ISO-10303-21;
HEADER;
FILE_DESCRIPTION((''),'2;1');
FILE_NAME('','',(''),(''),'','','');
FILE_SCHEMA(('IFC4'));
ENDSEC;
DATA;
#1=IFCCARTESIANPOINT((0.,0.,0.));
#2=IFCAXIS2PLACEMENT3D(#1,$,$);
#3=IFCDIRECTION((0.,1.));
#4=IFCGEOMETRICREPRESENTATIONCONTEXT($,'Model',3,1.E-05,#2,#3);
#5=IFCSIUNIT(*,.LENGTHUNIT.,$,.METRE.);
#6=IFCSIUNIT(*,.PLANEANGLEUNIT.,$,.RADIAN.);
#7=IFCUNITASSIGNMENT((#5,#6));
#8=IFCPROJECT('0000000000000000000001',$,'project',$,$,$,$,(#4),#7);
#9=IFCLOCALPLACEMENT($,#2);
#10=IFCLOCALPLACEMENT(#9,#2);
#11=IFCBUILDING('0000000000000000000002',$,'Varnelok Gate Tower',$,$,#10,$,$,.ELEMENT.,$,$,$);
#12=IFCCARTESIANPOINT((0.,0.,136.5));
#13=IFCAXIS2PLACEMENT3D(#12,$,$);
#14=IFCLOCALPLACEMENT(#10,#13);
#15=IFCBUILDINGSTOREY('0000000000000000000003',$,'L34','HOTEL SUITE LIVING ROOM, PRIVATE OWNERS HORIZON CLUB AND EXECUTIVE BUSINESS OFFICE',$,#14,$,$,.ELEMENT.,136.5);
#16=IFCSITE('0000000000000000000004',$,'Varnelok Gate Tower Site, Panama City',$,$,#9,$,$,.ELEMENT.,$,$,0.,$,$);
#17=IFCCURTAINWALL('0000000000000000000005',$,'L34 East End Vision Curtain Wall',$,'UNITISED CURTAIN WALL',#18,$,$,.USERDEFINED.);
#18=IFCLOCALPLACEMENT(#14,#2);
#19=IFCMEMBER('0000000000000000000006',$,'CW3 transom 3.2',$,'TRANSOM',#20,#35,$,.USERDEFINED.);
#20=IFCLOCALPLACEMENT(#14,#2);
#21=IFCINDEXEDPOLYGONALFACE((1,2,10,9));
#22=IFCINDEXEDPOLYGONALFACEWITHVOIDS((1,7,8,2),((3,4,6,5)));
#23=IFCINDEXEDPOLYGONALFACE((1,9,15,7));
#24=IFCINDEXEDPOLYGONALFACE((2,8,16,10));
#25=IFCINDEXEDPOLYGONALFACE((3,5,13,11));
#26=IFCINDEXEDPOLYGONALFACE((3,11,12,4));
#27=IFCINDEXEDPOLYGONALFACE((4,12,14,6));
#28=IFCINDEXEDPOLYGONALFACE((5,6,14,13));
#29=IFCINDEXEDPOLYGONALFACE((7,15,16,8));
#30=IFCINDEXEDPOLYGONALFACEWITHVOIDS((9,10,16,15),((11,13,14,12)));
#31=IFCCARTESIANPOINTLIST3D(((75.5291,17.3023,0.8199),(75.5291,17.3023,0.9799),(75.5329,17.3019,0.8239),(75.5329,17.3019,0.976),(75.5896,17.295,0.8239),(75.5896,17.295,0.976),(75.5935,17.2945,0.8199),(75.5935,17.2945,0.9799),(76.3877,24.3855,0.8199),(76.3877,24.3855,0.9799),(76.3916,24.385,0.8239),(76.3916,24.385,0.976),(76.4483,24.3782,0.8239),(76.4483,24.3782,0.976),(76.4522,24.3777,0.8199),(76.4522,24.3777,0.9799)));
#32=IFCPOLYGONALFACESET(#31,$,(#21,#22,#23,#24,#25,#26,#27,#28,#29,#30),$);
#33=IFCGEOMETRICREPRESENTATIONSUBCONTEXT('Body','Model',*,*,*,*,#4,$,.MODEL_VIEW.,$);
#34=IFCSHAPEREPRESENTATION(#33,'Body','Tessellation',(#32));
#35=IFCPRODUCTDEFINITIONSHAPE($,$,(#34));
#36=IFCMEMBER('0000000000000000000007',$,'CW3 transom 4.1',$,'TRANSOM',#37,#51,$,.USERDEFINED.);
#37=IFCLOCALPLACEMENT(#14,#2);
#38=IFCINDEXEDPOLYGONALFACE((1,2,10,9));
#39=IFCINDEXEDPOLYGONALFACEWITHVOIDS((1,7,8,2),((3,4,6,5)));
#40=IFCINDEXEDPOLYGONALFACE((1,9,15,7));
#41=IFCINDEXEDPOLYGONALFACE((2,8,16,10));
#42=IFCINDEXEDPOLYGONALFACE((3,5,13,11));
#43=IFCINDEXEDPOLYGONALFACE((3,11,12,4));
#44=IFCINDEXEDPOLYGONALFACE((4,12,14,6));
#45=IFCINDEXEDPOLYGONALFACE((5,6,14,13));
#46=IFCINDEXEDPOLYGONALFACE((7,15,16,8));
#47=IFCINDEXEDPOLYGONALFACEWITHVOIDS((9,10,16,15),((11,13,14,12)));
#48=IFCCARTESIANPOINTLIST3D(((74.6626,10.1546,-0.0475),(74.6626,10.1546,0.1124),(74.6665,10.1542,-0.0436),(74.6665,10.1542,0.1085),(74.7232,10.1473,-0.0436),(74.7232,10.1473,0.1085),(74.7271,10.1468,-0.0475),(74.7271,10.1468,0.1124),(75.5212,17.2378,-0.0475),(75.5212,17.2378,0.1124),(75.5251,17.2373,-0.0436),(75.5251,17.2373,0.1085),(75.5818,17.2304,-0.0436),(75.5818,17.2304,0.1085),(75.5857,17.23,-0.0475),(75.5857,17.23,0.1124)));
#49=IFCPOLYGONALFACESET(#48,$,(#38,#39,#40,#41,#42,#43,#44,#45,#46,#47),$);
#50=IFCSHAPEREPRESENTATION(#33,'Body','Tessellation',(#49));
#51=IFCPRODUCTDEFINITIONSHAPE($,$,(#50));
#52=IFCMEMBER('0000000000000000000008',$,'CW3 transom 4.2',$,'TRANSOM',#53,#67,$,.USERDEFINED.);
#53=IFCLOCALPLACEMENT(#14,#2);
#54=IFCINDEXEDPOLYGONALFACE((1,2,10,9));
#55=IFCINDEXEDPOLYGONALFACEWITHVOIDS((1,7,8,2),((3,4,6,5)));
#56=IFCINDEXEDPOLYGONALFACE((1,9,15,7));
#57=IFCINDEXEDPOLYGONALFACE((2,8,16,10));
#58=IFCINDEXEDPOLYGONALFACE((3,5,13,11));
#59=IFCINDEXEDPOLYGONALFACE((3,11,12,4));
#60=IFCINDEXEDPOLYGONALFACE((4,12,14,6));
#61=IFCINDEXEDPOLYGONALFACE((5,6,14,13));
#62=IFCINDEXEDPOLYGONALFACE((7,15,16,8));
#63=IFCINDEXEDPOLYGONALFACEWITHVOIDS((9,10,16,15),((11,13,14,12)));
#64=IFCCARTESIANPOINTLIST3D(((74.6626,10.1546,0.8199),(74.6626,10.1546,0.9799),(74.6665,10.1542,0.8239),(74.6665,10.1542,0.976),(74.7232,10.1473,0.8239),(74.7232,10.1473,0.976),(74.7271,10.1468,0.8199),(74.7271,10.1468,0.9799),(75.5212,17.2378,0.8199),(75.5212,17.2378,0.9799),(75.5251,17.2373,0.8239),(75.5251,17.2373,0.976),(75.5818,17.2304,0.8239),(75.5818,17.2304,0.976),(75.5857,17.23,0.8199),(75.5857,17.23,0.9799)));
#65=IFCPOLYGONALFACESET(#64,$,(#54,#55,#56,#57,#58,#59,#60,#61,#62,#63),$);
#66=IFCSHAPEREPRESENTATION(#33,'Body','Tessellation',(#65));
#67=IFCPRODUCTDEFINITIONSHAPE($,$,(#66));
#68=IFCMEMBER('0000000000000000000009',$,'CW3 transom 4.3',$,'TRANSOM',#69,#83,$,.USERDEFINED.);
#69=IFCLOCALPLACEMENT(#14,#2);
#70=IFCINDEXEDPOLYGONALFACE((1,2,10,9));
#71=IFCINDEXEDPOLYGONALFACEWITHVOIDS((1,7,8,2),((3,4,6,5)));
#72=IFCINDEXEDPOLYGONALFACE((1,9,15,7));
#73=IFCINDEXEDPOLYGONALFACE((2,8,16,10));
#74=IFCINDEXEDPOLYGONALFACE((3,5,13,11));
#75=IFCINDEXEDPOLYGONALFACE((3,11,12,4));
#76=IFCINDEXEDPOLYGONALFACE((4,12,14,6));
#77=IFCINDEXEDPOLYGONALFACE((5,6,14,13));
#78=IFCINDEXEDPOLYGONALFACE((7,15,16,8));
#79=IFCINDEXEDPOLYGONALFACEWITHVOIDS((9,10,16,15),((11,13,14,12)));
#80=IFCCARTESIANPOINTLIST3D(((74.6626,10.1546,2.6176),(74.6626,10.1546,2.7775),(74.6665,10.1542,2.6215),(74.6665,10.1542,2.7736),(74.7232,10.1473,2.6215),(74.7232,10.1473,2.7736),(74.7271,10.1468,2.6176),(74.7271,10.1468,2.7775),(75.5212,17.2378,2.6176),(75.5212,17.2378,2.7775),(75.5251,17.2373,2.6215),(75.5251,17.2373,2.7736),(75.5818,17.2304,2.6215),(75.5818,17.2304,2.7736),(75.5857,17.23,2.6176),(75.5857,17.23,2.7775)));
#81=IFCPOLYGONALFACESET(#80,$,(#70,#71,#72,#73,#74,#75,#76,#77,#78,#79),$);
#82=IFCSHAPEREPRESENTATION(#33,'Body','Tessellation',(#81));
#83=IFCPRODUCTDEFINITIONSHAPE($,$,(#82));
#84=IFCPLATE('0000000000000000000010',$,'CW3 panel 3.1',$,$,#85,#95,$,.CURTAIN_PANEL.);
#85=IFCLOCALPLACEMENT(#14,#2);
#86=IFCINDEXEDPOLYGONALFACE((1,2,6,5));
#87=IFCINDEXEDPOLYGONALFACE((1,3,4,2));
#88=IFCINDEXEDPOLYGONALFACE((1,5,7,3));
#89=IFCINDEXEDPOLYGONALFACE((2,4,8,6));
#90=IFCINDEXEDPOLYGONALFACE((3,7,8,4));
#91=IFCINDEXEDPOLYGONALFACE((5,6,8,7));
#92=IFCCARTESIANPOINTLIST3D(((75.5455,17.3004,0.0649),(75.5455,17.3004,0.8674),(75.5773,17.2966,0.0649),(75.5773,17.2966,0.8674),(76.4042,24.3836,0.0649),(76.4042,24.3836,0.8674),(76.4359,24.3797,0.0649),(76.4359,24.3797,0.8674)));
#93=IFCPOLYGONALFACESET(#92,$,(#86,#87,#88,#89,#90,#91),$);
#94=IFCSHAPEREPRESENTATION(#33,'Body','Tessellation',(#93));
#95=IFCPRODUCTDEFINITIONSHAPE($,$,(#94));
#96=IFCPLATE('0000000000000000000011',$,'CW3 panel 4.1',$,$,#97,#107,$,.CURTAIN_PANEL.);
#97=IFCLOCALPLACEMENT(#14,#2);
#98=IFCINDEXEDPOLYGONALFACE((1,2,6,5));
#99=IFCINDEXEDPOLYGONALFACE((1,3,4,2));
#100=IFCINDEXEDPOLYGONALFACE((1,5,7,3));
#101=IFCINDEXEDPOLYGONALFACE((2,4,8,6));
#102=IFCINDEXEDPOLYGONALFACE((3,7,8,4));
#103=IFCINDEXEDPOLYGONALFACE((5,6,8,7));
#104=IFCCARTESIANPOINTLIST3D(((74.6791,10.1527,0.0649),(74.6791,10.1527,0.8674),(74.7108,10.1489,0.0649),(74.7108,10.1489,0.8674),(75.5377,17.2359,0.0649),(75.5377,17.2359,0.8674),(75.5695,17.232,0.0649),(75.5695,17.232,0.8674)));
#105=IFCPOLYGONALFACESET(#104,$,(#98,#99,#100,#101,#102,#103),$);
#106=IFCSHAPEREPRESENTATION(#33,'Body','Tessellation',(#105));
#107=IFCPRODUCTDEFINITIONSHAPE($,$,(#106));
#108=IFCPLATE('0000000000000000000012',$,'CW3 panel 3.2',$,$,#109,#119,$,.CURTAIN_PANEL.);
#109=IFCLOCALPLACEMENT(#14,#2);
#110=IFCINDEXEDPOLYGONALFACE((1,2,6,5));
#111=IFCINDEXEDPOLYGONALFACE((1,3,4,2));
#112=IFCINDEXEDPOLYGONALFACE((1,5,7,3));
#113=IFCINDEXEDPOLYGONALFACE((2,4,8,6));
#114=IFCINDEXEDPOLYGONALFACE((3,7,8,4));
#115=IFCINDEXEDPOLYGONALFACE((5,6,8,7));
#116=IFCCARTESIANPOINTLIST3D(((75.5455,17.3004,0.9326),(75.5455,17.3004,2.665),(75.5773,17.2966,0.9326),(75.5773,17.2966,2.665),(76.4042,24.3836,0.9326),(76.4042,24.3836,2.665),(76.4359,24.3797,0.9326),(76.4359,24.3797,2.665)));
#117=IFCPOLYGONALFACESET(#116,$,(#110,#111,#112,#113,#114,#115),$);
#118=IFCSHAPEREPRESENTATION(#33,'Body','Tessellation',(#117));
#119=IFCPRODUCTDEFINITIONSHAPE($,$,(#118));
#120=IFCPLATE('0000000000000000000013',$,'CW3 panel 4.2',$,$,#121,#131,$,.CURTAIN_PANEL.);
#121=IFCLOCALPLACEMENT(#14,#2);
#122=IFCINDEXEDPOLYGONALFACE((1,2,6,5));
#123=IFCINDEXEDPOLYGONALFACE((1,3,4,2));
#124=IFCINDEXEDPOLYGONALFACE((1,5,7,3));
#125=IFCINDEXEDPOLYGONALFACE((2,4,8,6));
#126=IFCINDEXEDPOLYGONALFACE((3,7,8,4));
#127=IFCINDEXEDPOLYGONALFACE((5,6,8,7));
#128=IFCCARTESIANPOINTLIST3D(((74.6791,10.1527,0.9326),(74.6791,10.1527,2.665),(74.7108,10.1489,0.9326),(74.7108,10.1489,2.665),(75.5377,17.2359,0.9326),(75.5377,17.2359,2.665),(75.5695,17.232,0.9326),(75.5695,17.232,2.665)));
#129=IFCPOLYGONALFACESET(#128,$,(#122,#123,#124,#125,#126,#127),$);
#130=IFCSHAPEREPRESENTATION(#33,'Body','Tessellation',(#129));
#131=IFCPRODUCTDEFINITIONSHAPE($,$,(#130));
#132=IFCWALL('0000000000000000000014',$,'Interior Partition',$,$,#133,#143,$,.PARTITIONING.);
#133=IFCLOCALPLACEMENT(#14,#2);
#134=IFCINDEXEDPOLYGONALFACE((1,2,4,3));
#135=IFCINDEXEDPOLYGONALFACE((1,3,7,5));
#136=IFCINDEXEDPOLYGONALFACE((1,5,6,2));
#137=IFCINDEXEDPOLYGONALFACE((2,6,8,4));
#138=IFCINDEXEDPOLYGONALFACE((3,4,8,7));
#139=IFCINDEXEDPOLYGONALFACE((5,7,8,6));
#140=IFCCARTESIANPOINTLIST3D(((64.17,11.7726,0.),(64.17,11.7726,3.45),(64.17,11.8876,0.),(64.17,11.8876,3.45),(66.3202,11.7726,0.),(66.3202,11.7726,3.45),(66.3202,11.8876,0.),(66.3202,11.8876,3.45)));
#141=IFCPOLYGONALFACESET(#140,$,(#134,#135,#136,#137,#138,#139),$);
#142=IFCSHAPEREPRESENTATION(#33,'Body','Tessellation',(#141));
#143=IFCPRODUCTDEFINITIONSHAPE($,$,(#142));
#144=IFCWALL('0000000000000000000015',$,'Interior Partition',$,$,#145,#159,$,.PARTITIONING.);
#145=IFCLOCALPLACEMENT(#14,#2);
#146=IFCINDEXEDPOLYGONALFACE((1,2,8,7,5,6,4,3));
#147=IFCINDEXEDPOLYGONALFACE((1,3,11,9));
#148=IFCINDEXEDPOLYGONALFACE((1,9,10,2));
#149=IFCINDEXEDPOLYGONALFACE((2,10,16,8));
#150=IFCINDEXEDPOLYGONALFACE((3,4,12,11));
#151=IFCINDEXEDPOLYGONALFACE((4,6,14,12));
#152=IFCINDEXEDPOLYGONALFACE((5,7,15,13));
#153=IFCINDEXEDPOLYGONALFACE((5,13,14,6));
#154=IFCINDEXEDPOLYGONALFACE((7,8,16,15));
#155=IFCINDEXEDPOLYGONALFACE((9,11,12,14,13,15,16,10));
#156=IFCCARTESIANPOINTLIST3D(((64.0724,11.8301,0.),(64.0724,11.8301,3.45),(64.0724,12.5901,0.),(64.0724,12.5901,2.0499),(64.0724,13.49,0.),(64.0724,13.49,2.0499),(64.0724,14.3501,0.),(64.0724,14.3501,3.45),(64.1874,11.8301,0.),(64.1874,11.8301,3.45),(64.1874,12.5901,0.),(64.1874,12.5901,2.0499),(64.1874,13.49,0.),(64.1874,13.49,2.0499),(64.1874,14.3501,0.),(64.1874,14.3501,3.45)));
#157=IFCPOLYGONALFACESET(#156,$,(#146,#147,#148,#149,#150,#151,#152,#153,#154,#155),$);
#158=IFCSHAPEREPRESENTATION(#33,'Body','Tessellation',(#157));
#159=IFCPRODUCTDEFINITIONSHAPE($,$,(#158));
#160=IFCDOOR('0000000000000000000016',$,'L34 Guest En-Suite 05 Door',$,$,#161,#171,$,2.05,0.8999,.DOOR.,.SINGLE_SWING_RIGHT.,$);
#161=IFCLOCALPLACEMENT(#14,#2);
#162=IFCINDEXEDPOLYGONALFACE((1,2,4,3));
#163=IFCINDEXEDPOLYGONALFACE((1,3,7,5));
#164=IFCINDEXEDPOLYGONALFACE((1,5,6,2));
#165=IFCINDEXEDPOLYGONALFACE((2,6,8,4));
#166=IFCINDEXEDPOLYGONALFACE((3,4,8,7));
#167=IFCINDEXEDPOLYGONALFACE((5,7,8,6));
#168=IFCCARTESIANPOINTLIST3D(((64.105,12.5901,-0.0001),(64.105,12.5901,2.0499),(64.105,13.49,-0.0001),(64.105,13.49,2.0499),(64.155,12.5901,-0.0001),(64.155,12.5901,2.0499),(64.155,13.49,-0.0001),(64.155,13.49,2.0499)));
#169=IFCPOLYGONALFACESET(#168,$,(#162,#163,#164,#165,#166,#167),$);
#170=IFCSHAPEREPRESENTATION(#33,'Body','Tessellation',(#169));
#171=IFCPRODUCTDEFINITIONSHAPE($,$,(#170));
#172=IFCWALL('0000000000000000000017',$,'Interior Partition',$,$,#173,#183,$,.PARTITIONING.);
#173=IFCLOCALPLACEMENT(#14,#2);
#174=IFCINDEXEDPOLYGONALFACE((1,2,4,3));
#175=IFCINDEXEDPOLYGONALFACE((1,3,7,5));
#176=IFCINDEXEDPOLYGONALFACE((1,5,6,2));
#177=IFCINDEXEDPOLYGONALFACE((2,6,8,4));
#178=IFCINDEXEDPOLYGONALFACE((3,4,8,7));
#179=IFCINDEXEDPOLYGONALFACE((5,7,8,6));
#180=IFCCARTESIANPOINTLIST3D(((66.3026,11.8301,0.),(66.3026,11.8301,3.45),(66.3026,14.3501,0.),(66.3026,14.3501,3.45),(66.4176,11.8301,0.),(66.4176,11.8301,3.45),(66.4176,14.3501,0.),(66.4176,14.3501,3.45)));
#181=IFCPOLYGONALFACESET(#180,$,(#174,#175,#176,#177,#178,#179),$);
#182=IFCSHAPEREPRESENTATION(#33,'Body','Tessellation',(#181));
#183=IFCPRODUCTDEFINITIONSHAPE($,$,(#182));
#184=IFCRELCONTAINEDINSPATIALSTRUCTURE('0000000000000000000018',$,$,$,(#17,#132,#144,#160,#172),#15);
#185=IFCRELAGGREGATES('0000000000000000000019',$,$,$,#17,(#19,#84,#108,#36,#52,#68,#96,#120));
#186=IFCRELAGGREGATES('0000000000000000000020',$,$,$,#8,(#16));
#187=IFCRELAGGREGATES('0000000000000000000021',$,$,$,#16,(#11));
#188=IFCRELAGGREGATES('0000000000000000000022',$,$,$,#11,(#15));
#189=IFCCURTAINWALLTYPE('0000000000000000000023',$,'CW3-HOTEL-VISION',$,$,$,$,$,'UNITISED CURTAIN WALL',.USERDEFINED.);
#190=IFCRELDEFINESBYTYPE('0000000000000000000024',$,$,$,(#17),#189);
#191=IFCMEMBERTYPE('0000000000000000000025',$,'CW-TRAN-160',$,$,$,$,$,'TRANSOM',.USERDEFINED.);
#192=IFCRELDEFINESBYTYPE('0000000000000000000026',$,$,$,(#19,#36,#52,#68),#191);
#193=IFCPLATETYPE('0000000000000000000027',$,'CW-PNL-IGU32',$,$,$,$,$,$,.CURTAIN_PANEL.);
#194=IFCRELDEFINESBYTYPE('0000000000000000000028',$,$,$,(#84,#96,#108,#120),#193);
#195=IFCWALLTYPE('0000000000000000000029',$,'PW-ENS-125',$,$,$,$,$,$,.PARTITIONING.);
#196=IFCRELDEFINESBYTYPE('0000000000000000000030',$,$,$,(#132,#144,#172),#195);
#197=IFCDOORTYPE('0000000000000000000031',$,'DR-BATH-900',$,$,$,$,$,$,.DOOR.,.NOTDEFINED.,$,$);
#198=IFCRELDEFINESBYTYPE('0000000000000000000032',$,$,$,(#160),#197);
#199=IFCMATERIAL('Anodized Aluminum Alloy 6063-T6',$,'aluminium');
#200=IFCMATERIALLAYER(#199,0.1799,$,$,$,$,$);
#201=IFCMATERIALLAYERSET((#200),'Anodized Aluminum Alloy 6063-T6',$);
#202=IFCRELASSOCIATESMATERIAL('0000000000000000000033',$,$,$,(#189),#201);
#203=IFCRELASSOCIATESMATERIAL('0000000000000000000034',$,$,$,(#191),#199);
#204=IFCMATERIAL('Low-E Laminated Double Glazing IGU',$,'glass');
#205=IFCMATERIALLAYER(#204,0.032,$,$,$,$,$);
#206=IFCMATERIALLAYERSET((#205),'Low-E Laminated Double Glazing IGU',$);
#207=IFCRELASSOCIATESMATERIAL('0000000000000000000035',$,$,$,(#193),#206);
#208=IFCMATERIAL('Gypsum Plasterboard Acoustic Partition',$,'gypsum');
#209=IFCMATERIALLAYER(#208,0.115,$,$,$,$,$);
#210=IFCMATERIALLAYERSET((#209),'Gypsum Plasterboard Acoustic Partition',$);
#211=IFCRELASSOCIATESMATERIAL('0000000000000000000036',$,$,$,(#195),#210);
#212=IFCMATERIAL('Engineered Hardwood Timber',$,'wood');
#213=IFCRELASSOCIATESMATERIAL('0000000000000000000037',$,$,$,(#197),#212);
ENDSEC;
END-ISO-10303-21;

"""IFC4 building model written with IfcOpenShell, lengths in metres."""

from ifc_helpers import new_model, si_unit, direction, frame, frame_2d, origin, origin_2d, place, context, subcontext, project, spatial, rectangle, hollow_rectangle, extrude, source, transform, mapped, material, layer, layer_set, material_profile, profile_set, type_object, element, fill, aggregate, save


model = new_model("IFC4")

# Units and contexts
model_context = context("Model", 3, precision=1e-05, world=origin(), true_north=direction((0.0, 1.0)))
body_context = subcontext(model_context, "Body", "Model", "MODEL_VIEW")
ifc_project = project(units=[si_unit("LENGTHUNIT", "METRE"), si_unit("PLANEANGLEUNIT", "RADIAN")], contexts=[model_context])

# Site, building, storey
site_placement = place(None, origin())
site = spatial("IfcSite", under=ifc_project, at=site_placement, Name="Varnelok Gate Tower Site, Panama City", CompositionType="ELEMENT", RefElevation=0.0)
building_placement = place(site_placement, origin())
building = spatial("IfcBuilding", under=site, at=building_placement, Name="Varnelok Gate Tower", CompositionType="ELEMENT")
storey_placement = place(building_placement, frame((0.0, 0.0, 136.5)))
storey = spatial("IfcBuildingStorey", under=building, at=storey_placement, Name="L34", Description="HOTEL SUITE LIVING ROOM, PRIVATE OWNERS HORIZON CLUB AND EXECUTIVE BUSINESS OFFICE", CompositionType="ELEMENT", Elevation=136.5)

# Curtain wall, members, plates
ifc_material_1 = material(Name="Anodized Aluminum Alloy 6063-T6", Category="aluminium")
ifc_layer_1 = layer(ifc_material_1, 0.1799)
ifc_layer_set_1 = layer_set([ifc_layer_1], Name="Anodized Aluminum Alloy 6063-T6")
curtain_wall_type = type_object("IfcCurtainWallType", Name="CW3-HOTEL-VISION", ElementType="UNITISED CURTAIN WALL", PredefinedType="USERDEFINED", material=ifc_layer_set_1)
curtain_wall_placement = place(storey_placement, origin())
curtain_wall = element("IfcCurtainWall", 1, at=curtain_wall_placement, inside=storey, type_object=curtain_wall_type, Name="L34 East End Vision Curtain Wall", ObjectType="UNITISED CURTAIN WALL", PredefinedType="USERDEFINED")
ifc_material_profile_1 = material_profile(ifc_material_1, hollow_rectangle(XDim=0.0649, YDim=0.1599, WallThickness=0.0039, at=origin_2d()), Name="ALU160X65X4")
ifc_profile_set_1 = profile_set([ifc_material_profile_1], Name="Anodized Aluminum Alloy 6063-T6")
member_type_1 = type_object("IfcMemberType", Name="CW-TRAN-160", ElementType="TRANSOM", PredefinedType="USERDEFINED", material=ifc_profile_set_1)
member_1_placement = place(storey_placement, frame((76.4199, 24.3816, 0.8999), z_axis=(-0.120341, -0.992733, 0.0), x_axis=(0.992733, -0.120341, 0.0)))
member_1 = element("IfcMember", 2, at=member_1_placement, type_object=member_type_1, Name="CW3 transom 3.2", ObjectType="TRANSOM", PredefinedType="USERDEFINED", context=body_context, shape_type="SweptSolid", body=[
    extrude(hollow_rectangle(XDim=0.0649, YDim=0.1599, WallThickness=0.0039, at=origin_2d()), origin(), (0.0, 0.0, 1.0), 7.135),
])
member_2_placement = place(storey_placement, frame((75.5535, 17.2339, 0.0325), z_axis=(-0.120341, -0.992733, 0.0), x_axis=(0.992733, -0.120341, 0.0)))
member_2 = element("IfcMember", 3, at=member_2_placement, type_object=member_type_1, Name="CW3 transom 4.1", ObjectType="TRANSOM", PredefinedType="USERDEFINED", context=body_context, shape_type="SweptSolid", body=[
    extrude(hollow_rectangle(XDim=0.0649, YDim=0.1599, WallThickness=0.0039, at=origin_2d()), origin(), (0.0, 0.0, 1.0), 7.135),
])
member_3_placement = place(storey_placement, frame((75.5535, 17.2339, 0.8999), z_axis=(-0.120341, -0.992733, 0.0), x_axis=(0.992733, -0.120341, 0.0)))
member_3 = element("IfcMember", 4, at=member_3_placement, type_object=member_type_1, Name="CW3 transom 4.2", ObjectType="TRANSOM", PredefinedType="USERDEFINED", context=body_context, shape_type="SweptSolid", body=[
    extrude(hollow_rectangle(XDim=0.0649, YDim=0.1599, WallThickness=0.0039, at=origin_2d()), origin(), (0.0, 0.0, 1.0), 7.135),
])
member_4_placement = place(storey_placement, frame((75.5535, 17.2339, 2.6975), z_axis=(-0.120341, -0.992733, 0.0), x_axis=(0.992733, -0.120341, 0.0)))
member_4 = element("IfcMember", 5, at=member_4_placement, type_object=member_type_1, Name="CW3 transom 4.3", ObjectType="TRANSOM", PredefinedType="USERDEFINED", context=body_context, shape_type="SweptSolid", body=[
    extrude(hollow_rectangle(XDim=0.0649, YDim=0.1599, WallThickness=0.0039, at=origin_2d()), origin(), (0.0, 0.0, 1.0), 7.135),
])
ifc_material_2 = material(Name="Low-E Laminated Double Glazing IGU", Category="glass")
ifc_layer_2 = layer(ifc_material_2, 0.032)
ifc_layer_set_2 = layer_set([ifc_layer_2], Name="Low-E Laminated Double Glazing IGU")
plate_type = type_object("IfcPlateType", Name="CW-PNL-IGU32", PredefinedType="CURTAIN_PANEL", material=ifc_layer_set_2)
shared_shape_1 = source(origin(), body_context, "Body", "SweptSolid", [
    extrude(rectangle(XDim=7.135, YDim=0.032, at=origin_2d()), origin(), (0.0, 0.0, 1.0), 0.8025),
])
plate_1_placement = place(storey_placement, frame((75.9907, 20.8401, 0.0649), z_axis=(0.0, 0.0, 1.0), x_axis=(-0.120347, -0.992732, 0.0)))
plate_1 = element("IfcPlate", 6, at=plate_1_placement, type_object=plate_type, Name="CW3 panel 3.1", PredefinedType="CURTAIN_PANEL", context=body_context, shape_type="MappedRepresentation", body=[
    mapped(shared_shape_1, transform((0.0, 0.0, 0.0), scale=1.0)),
])
plate_2_placement = place(storey_placement, frame((75.1243, 13.6924, 0.0649), z_axis=(0.0, 0.0, 1.0), x_axis=(-0.120347, -0.992732, 0.0)))
plate_2 = element("IfcPlate", 7, at=plate_2_placement, type_object=plate_type, Name="CW3 panel 4.1", PredefinedType="CURTAIN_PANEL", context=body_context, shape_type="MappedRepresentation", body=[
    mapped(shared_shape_1, transform((0.0, 0.0, 0.0), scale=1.0)),
])
shared_shape_2 = source(origin(), body_context, "Body", "SweptSolid", [
    extrude(rectangle(XDim=7.135, YDim=0.032, at=origin_2d()), origin(), (0.0, 0.0, 1.0), 1.7324),
])
plate_3_placement = place(storey_placement, frame((75.9907, 20.8401, 0.9326), z_axis=(0.0, 0.0, 1.0), x_axis=(-0.120347, -0.992732, 0.0)))
plate_3 = element("IfcPlate", 8, at=plate_3_placement, type_object=plate_type, Name="CW3 panel 3.2", PredefinedType="CURTAIN_PANEL", context=body_context, shape_type="MappedRepresentation", body=[
    mapped(shared_shape_2, transform((0.0, 0.0, 0.0), scale=1.0)),
])
plate_4_placement = place(storey_placement, frame((75.1243, 13.6924, 0.9326), z_axis=(0.0, 0.0, 1.0), x_axis=(-0.120347, -0.992732, 0.0)))
plate_4 = element("IfcPlate", 9, at=plate_4_placement, type_object=plate_type, Name="CW3 panel 4.2", PredefinedType="CURTAIN_PANEL", context=body_context, shape_type="MappedRepresentation", body=[
    mapped(shared_shape_2, transform((0.0, 0.0, 0.0), scale=1.0)),
])
aggregate(curtain_wall, [member_1, plate_1, plate_3, member_2, member_3, member_4, plate_2, plate_4])

# Wall
ifc_material_3 = material(Name="Gypsum Plasterboard Acoustic Partition", Category="gypsum")
ifc_layer_3 = layer(ifc_material_3, 0.115)
ifc_layer_set_3 = layer_set([ifc_layer_3], Name="Gypsum Plasterboard Acoustic Partition")
wall_type_1 = type_object("IfcWallType", Name="PW-ENS-125", PredefinedType="PARTITIONING", material=ifc_layer_set_3)
wall_1_placement = place(storey_placement, frame((64.1699, 11.8301, 0.0), z_axis=(0.0, 0.0, 1.0), x_axis=(1.0, 0.0, 0.0)))
element("IfcWall", 10, at=wall_1_placement, inside=storey, type_object=wall_type_1, Name="Interior Partition", PredefinedType="PARTITIONING", context=body_context, shape_type="SweptSolid", body=[
    extrude(rectangle(XDim=2.1501, YDim=0.115, at=frame_2d((1.0752, 0.0))), origin(), (0.0, 0.0, 1.0), 3.45),
])

# Wall, opening, door
wall_2_placement = place(storey_placement, frame((64.1299, 11.8301, 0.0), z_axis=(0.0, 0.0, 1.0), x_axis=(0.0, 1.0, 0.0)))
wall_2 = element("IfcWall", 11, at=wall_2_placement, inside=storey, type_object=wall_type_1, Name="Interior Partition", PredefinedType="PARTITIONING", context=body_context, shape_type="SweptSolid", body=[
    extrude(rectangle(XDim=2.52, YDim=0.115, at=frame_2d((1.26, 0.0))), origin(), (0.0, 0.0, 1.0), 3.45),
])
opening_placement = place(wall_2_placement, frame((0.76, 0.0, 0.0)))
opening = element("IfcOpeningElement", 12, at=opening_placement, cuts=wall_2, PredefinedType="OPENING", context=body_context, shape_type="SweptSolid", body=[
    extrude(rectangle(XDim=0.8999, YDim=2.05, at=frame_2d((0.45, 1.0249))), frame((0.0, 0.0674, 0.0), z_axis=(0.0, -1.0, 0.0), x_axis=(1.0, 0.0, 0.0)), (0.0, 0.0, 1.0), 0.135),
])
ifc_material_4 = material(Name="Engineered Hardwood Timber", Category="wood")
door_type = type_object("IfcDoorType", Name="DR-BATH-900", OperationType="NOTDEFINED", PredefinedType="DOOR", material=ifc_material_4)
door_placement = place(opening_placement, origin())
door = element("IfcDoor", 13, at=door_placement, inside=storey, type_object=door_type, Name="L34 Guest En-Suite 05 Door", OperationType="SINGLE_SWING_RIGHT", OverallHeight=2.05, OverallWidth=0.8999, PredefinedType="DOOR", context=body_context, shape_type="SweptSolid", body=[
    extrude(rectangle(XDim=0.8999, YDim=2.05, at=frame_2d((0.45, 1.0249))), frame((0.0, 0.0249, 0.0), z_axis=(0.0, -1.0, 0.0), x_axis=(1.0, 0.0, 0.0)), (0.0, 0.0, 1.0), 0.05),
])
fill(opening, door)

# Wall
wall_3_placement = place(storey_placement, frame((66.3601, 11.8301, 0.0), z_axis=(0.0, 0.0, 1.0), x_axis=(0.0, 1.0, 0.0)))
element("IfcWall", 14, at=wall_3_placement, inside=storey, type_object=wall_type_1, Name="Interior Partition", PredefinedType="PARTITIONING", context=body_context, shape_type="SweptSolid", body=[
    extrude(rectangle(XDim=2.52, YDim=0.115, at=frame_2d((1.26, 0.0))), origin(), (0.0, 0.0, 1.0), 3.45),
])

save(model, "model.ifc")
